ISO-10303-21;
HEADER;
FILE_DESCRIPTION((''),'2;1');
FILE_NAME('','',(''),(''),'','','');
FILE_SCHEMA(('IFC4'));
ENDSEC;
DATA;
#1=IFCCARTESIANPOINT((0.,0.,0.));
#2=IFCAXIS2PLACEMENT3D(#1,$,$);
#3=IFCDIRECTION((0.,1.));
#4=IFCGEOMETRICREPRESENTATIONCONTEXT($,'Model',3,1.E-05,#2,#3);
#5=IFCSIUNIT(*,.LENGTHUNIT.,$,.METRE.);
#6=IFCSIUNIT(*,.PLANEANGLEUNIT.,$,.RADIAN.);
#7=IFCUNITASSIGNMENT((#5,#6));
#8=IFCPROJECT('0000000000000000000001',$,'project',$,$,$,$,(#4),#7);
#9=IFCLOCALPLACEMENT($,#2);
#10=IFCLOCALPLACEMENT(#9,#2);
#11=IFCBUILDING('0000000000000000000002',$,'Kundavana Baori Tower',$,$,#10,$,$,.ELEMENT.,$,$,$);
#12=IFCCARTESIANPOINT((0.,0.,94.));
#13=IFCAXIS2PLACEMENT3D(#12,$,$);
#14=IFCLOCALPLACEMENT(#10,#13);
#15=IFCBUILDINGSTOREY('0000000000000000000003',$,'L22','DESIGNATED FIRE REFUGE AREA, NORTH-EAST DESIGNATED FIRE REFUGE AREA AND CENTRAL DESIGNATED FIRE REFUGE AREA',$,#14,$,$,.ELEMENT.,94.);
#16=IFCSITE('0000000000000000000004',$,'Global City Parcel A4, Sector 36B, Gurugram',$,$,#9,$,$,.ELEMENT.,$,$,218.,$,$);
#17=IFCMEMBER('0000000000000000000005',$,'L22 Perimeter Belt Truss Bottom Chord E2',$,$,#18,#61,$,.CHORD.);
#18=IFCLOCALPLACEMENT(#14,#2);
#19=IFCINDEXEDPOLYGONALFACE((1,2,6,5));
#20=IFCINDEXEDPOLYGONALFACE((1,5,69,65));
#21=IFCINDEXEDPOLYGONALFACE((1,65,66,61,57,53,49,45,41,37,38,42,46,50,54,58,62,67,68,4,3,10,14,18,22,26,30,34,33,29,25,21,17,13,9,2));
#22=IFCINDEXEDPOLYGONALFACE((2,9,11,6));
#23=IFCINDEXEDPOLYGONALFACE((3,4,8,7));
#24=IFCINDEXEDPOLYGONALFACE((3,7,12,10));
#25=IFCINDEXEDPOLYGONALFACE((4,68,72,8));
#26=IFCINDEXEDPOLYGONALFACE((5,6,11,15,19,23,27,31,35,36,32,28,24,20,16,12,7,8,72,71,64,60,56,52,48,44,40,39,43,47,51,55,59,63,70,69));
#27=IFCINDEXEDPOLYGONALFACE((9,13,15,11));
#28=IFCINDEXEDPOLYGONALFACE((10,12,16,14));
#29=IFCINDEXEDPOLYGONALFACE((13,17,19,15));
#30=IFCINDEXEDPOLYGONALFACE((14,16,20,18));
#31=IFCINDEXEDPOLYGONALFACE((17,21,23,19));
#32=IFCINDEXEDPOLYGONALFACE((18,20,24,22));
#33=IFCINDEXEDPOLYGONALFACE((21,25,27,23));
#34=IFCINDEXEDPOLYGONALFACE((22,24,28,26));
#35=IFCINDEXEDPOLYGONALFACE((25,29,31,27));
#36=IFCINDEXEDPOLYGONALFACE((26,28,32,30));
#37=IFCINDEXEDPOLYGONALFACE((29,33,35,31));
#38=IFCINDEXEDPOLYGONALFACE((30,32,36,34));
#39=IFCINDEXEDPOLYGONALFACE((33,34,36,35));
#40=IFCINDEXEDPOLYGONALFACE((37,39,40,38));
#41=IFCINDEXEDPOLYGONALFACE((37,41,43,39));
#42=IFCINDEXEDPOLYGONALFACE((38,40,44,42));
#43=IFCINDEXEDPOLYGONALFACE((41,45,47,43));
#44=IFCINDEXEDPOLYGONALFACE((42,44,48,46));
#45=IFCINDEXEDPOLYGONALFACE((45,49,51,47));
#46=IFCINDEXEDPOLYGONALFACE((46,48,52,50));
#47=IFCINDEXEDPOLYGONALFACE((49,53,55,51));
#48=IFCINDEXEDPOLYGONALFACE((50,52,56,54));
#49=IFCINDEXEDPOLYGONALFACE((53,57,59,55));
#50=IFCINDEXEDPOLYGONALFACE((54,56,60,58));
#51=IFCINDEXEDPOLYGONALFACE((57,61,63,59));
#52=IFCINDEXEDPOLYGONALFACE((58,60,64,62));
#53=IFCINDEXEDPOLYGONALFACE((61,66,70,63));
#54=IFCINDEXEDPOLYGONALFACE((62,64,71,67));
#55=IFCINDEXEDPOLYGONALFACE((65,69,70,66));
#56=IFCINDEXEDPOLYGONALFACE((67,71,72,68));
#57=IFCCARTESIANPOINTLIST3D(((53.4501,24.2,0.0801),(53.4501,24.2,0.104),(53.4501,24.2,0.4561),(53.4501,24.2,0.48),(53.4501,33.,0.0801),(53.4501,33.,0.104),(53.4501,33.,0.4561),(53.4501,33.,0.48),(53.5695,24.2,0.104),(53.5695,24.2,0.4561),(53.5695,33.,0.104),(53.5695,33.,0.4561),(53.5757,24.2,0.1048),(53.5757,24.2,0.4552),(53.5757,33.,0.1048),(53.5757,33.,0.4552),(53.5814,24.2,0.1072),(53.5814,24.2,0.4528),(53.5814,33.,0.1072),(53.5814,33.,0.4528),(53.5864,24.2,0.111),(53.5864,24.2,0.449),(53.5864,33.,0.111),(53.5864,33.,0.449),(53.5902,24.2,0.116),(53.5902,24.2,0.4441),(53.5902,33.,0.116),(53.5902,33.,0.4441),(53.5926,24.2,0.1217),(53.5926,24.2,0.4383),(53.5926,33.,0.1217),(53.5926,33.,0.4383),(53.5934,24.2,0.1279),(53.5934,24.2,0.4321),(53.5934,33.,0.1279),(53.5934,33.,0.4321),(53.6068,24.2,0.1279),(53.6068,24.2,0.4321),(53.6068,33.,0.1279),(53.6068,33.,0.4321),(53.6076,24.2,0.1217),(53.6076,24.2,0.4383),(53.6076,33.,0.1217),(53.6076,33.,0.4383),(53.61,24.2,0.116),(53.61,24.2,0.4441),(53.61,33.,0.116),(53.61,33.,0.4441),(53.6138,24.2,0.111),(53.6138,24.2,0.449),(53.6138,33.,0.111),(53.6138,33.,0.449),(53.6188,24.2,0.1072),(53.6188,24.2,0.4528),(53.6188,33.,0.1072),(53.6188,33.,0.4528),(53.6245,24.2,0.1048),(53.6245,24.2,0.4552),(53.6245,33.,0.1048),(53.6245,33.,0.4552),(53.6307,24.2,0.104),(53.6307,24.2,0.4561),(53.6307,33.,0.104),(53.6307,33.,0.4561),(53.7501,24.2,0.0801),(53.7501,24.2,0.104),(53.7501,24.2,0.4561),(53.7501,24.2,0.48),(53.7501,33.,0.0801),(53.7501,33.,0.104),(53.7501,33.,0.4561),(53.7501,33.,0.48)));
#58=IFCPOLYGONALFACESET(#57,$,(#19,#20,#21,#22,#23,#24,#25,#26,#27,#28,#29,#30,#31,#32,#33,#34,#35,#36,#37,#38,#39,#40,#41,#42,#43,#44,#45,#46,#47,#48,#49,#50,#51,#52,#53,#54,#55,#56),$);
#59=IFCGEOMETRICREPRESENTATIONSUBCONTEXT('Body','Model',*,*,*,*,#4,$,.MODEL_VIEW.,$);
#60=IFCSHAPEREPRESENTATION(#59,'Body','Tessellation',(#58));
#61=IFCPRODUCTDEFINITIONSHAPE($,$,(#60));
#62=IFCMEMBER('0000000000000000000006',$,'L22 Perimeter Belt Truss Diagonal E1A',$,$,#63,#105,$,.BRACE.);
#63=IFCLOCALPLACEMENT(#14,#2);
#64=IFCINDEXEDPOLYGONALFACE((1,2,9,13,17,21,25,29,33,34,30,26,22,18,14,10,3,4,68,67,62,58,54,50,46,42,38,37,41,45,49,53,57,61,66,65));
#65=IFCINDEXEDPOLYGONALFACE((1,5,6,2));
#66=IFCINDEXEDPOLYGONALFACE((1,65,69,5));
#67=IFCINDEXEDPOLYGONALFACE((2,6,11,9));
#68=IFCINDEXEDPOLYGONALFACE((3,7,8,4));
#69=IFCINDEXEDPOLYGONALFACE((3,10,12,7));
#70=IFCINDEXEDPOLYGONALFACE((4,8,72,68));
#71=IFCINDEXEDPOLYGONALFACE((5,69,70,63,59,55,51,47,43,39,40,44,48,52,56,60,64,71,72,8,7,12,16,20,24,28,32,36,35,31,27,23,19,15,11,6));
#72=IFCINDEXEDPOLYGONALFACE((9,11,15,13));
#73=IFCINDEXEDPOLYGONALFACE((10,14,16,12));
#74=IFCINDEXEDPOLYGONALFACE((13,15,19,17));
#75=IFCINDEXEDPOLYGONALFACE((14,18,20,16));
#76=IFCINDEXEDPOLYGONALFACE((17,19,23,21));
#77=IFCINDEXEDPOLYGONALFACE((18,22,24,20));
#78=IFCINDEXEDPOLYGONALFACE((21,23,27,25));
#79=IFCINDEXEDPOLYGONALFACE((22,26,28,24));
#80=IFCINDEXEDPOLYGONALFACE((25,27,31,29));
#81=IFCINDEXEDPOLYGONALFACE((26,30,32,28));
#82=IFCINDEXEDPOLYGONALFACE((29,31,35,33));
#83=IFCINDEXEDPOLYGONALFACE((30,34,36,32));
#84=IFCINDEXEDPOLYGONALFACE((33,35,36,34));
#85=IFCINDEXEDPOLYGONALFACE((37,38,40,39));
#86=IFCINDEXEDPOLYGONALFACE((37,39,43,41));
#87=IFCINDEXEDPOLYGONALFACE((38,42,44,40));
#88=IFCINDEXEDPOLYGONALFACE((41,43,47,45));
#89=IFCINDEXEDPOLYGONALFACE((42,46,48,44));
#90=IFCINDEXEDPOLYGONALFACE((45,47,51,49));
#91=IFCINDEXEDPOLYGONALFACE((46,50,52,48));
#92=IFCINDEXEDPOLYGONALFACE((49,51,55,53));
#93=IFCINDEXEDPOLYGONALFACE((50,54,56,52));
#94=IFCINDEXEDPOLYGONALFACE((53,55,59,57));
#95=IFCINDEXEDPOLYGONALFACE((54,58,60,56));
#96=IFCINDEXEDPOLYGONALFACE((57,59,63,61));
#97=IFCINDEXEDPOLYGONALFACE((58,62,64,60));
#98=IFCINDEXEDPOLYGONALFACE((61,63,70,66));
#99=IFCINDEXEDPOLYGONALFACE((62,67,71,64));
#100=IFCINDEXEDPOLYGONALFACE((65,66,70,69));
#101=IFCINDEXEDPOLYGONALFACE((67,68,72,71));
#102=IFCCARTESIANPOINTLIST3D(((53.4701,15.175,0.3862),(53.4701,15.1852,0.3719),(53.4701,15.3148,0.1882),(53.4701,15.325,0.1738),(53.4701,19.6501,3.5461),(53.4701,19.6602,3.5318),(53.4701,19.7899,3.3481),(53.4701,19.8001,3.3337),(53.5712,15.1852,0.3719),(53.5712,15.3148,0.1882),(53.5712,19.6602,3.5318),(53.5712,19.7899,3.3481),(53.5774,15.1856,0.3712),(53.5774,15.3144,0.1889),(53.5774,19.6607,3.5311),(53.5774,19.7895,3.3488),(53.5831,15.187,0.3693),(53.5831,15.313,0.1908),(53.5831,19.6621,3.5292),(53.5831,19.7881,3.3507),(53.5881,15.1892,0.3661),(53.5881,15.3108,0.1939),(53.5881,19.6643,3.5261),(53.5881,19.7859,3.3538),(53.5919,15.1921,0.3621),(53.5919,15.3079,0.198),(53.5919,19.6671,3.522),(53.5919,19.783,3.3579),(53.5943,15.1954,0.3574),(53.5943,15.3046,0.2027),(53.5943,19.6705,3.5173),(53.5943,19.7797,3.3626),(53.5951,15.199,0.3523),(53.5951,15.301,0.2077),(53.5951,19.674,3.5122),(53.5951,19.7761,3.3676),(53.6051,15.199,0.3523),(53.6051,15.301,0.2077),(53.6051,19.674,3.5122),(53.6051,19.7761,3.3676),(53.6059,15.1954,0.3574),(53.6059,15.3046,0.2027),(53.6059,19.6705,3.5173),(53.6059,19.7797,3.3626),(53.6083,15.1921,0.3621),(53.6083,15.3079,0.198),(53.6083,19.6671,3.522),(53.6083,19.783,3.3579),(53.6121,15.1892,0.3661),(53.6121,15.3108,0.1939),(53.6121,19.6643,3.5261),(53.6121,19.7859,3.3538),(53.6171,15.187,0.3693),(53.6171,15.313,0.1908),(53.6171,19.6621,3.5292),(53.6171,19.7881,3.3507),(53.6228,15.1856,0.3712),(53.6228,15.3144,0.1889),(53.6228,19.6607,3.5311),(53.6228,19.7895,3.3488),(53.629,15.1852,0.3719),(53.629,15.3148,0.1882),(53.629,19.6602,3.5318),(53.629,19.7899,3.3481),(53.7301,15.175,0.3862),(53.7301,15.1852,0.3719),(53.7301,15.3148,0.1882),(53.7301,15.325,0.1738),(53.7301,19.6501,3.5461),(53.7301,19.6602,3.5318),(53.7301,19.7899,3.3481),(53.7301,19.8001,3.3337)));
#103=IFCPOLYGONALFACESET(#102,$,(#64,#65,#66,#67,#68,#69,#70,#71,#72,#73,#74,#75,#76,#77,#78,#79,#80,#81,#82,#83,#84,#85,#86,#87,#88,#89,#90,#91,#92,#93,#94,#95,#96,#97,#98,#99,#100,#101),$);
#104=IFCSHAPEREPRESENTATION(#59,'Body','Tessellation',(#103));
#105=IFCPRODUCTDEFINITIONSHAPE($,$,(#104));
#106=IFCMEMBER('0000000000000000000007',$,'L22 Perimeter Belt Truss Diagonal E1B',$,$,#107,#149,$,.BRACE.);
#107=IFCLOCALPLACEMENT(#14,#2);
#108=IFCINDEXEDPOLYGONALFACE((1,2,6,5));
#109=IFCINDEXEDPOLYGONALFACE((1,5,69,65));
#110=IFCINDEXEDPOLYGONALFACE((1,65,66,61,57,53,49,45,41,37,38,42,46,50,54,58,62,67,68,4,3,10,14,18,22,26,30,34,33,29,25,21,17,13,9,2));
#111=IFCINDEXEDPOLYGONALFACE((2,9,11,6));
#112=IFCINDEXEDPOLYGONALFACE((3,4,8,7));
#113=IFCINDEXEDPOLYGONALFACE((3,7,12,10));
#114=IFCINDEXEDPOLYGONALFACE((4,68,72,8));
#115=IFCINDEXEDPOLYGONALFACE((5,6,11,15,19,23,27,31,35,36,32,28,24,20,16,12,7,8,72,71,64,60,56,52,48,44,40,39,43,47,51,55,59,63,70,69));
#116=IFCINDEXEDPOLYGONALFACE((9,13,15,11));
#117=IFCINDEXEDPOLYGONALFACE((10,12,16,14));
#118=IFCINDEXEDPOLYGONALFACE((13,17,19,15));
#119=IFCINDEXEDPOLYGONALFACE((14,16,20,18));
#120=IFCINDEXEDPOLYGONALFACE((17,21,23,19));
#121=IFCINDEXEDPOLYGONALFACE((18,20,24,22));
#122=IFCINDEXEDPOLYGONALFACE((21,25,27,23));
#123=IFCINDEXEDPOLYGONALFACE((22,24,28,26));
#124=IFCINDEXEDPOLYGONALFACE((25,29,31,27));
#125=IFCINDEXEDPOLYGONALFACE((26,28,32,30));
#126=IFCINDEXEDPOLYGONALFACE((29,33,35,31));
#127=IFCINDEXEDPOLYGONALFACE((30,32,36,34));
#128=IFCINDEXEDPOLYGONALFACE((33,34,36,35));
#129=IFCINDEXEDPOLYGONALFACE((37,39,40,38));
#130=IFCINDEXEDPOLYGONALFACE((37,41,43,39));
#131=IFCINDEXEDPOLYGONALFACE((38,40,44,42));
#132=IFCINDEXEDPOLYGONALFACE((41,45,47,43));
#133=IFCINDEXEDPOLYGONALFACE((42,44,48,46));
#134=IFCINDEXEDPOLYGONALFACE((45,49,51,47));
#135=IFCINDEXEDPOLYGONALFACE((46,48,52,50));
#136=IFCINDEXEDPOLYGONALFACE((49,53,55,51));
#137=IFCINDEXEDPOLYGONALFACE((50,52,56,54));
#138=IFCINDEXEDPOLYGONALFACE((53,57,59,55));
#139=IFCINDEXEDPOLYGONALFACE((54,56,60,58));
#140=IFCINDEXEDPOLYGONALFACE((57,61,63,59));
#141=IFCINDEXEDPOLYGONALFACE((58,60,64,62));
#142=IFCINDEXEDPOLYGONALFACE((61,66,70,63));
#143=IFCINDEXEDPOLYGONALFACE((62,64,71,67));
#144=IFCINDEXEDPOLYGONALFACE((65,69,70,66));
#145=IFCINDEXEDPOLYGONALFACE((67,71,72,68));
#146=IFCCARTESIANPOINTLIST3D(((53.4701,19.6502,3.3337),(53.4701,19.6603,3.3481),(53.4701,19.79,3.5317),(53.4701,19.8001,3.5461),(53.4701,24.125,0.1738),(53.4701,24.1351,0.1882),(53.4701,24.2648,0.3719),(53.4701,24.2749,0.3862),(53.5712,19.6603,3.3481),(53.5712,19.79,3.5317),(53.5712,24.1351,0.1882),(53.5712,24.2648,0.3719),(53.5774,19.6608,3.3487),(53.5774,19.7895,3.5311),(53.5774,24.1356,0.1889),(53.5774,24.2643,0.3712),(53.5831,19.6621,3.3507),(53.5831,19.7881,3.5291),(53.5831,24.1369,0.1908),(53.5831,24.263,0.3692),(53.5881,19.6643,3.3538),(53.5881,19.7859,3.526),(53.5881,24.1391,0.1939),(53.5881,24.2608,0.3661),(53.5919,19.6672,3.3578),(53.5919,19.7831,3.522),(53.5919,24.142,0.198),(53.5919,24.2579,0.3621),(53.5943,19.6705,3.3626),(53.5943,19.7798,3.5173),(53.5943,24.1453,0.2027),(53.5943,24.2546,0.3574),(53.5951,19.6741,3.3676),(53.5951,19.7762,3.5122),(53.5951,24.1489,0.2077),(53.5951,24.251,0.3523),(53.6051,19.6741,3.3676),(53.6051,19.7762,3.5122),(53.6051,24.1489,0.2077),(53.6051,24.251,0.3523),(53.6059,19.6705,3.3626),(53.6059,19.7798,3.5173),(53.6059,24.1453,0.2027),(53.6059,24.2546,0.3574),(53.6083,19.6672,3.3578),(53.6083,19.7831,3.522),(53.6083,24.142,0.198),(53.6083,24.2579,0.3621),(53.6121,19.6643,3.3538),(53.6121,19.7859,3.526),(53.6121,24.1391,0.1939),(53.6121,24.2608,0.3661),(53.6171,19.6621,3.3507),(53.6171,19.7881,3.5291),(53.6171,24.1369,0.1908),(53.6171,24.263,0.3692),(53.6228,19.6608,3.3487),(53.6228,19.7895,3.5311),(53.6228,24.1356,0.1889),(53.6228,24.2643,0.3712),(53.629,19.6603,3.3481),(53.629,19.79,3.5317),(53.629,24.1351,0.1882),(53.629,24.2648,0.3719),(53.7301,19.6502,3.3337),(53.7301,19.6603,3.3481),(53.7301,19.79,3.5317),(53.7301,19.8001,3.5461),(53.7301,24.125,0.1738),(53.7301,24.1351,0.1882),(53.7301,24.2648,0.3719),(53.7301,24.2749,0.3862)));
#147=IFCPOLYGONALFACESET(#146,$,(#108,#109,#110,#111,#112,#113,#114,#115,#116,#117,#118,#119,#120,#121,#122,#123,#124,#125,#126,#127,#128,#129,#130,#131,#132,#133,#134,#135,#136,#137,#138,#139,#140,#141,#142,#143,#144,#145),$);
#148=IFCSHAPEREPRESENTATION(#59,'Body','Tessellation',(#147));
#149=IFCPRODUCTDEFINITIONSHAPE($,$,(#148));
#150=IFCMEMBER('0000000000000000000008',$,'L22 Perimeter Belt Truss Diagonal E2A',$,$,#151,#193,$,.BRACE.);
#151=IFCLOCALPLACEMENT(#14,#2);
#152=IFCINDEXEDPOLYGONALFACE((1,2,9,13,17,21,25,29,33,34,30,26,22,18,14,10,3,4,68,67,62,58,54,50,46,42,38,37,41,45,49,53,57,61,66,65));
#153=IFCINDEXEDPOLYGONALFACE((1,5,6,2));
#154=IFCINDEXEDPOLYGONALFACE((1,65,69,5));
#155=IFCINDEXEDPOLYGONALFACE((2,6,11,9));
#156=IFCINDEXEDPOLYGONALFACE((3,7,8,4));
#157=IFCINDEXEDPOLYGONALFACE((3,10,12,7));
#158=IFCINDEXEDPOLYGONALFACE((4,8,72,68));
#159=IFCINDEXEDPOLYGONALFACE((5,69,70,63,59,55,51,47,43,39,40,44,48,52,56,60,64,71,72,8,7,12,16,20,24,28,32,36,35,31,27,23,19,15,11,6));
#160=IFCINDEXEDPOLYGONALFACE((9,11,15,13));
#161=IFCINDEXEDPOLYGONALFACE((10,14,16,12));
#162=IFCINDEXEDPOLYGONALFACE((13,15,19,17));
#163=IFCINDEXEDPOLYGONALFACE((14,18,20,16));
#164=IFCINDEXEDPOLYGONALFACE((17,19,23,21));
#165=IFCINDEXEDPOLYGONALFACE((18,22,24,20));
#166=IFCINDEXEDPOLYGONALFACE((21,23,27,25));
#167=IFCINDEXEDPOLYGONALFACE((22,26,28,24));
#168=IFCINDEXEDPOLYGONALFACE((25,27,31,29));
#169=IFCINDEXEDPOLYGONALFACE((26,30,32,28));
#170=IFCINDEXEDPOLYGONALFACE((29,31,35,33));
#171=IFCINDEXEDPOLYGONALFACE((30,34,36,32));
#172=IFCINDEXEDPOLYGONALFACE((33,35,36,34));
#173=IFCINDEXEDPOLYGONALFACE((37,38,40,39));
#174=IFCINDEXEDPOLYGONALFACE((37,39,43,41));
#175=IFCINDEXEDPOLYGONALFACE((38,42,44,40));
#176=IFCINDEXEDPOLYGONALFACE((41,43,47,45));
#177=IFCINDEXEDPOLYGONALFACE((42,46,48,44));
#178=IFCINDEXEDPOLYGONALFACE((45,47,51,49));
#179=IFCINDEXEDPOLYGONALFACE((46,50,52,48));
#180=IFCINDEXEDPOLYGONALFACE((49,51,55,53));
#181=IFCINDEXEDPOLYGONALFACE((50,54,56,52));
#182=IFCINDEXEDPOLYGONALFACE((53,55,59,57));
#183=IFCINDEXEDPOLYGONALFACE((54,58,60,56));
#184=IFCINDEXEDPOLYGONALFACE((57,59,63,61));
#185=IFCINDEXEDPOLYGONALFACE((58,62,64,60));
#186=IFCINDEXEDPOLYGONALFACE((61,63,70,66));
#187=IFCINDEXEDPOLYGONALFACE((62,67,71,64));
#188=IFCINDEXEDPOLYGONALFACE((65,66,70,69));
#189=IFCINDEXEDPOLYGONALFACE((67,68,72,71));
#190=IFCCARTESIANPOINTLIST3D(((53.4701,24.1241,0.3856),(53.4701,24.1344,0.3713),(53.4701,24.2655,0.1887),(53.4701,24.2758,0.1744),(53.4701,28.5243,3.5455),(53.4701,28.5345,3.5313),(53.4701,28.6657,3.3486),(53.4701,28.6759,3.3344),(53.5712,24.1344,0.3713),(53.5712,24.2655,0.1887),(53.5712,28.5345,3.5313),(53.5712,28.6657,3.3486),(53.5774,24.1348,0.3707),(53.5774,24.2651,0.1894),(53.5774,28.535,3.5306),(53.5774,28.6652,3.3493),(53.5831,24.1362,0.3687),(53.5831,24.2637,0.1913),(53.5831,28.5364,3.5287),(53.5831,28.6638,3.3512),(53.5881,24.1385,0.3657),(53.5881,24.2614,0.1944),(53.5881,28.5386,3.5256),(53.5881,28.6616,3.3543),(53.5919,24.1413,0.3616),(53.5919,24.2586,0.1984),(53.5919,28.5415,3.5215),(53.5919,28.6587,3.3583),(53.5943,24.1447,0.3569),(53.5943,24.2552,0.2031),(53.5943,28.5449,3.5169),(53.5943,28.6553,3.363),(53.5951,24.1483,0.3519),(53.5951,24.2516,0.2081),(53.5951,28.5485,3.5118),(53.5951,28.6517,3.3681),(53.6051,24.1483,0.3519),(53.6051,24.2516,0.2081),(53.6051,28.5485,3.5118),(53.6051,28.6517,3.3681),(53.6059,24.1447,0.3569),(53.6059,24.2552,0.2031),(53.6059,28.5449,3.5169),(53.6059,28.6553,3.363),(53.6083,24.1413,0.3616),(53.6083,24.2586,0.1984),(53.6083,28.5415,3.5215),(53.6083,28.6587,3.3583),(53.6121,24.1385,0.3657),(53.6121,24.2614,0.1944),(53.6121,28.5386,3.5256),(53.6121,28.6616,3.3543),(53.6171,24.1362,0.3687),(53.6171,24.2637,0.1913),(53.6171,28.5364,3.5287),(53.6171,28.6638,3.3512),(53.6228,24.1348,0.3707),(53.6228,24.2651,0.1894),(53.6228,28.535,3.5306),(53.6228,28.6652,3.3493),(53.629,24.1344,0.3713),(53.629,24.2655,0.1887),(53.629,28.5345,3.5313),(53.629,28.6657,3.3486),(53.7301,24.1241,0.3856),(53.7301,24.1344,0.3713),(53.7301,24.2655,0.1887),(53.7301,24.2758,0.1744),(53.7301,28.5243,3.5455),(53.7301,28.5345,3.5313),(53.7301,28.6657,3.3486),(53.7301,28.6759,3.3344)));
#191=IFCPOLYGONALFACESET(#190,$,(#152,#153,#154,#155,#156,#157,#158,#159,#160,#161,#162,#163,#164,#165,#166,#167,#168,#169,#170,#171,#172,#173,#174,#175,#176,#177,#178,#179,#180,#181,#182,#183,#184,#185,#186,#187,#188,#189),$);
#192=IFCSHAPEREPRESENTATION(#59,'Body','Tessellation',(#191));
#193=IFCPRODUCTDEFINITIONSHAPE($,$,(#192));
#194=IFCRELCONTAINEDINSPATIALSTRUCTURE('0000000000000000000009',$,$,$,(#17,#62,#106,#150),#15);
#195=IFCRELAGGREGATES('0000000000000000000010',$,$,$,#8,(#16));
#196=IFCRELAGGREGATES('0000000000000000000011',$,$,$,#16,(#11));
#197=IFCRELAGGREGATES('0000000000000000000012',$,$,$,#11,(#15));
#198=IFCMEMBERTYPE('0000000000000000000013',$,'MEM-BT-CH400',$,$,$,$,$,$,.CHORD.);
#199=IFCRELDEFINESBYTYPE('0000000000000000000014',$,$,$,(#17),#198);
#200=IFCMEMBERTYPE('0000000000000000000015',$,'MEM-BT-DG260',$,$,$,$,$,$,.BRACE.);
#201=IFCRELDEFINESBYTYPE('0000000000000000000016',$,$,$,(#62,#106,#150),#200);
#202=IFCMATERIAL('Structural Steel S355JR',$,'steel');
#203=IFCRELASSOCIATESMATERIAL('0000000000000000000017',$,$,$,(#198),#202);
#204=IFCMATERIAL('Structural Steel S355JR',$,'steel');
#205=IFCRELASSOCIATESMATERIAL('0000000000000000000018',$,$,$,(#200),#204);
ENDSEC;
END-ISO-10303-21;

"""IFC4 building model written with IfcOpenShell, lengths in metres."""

from ifc_helpers import new_model, si_unit, direction, frame, origin, origin_2d, place, context, subcontext, project, spatial, i_section, extrude, material, material_profile, profile_set, type_object, element, save


model = new_model("IFC4")

# Units and contexts
model_context = context("Model", 3, precision=1e-05, world=origin(), true_north=direction((0.0, 1.0)))
body_context = subcontext(model_context, "Body", "Model", "MODEL_VIEW")
ifc_project = project(units=[si_unit("LENGTHUNIT", "METRE"), si_unit("PLANEANGLEUNIT", "RADIAN")], contexts=[model_context])

# Site, building, storey
site_placement = place(None, origin())
site = spatial("IfcSite", under=ifc_project, at=site_placement, Name="Global City Parcel A4, Sector 36B, Gurugram", CompositionType="ELEMENT", RefElevation=218.0)
building_placement = place(site_placement, origin())
building = spatial("IfcBuilding", under=site, at=building_placement, Name="Kundavana Baori Tower", CompositionType="ELEMENT")
storey_placement = place(building_placement, frame((0.0, 0.0, 94.0)))
storey = spatial("IfcBuildingStorey", under=building, at=storey_placement, Name="L22", Description="DESIGNATED FIRE REFUGE AREA, NORTH-EAST DESIGNATED FIRE REFUGE AREA AND CENTRAL DESIGNATED FIRE REFUGE AREA", CompositionType="ELEMENT", Elevation=94.0)

# Members
ifc_material_1 = material(Name="Structural Steel S355JR", Category="steel")
ifc_material_profile_1 = material_profile(ifc_material_1, i_section(OverallWidth=0.3, OverallDepth=0.3999, WebThickness=0.0134, FlangeThickness=0.0239, FilletRadius=0.0239, at=origin_2d()), Name="WPB 400x300x135")
ifc_profile_set_1 = profile_set([ifc_material_profile_1], Name="Structural Steel S355JR")
member_type_1 = type_object("IfcMemberType", Name="MEM-BT-CH400", PredefinedType="CHORD", material=ifc_profile_set_1)
member_1_placement = place(storey_placement, frame((53.6001, 24.2, 0.28), z_axis=(0.0, 1.0, 0.0), x_axis=(-1.0, 0.0, 0.0)))
element("IfcMember", 1, at=member_1_placement, inside=storey, type_object=member_type_1, Name="L22 Perimeter Belt Truss Bottom Chord E2", PredefinedType="CHORD", context=body_context, shape_type="SweptSolid", body=[
    extrude(i_section(OverallWidth=0.3, OverallDepth=0.3999, WebThickness=0.0134, FlangeThickness=0.0239, FilletRadius=0.0239, at=origin_2d()), origin(), (0.0, 0.0, 1.0), 8.8),
])
ifc_material_2 = material(Name="Structural Steel S355JR", Category="steel")
ifc_material_profile_2 = material_profile(ifc_material_2, i_section(OverallWidth=0.26, OverallDepth=0.26, WebThickness=0.01, FlangeThickness=0.0176, FilletRadius=0.0239, at=origin_2d()), Name="WPB 260x260x93")
ifc_profile_set_2 = profile_set([ifc_material_profile_2], Name="Structural Steel S355JR")
member_type_2 = type_object("IfcMemberType", Name="MEM-BT-DG260", PredefinedType="BRACE", material=ifc_profile_set_2)
member_2_placement = place(storey_placement, frame((53.6001, 15.25, 0.28), z_axis=(0.0, 0.81688, 0.576807), x_axis=(-1.0, 0.0, 0.0)))
element("IfcMember", 2, at=member_2_placement, inside=storey, type_object=member_type_2, Name="L22 Perimeter Belt Truss Diagonal E1A", PredefinedType="BRACE", context=body_context, shape_type="SweptSolid", body=[
    extrude(i_section(OverallWidth=0.26, OverallDepth=0.26, WebThickness=0.01, FlangeThickness=0.0176, FilletRadius=0.0239, at=origin_2d()), origin(), (0.0, 0.0, 1.0), 5.4783),
])
member_3_placement = place(storey_placement, frame((53.6001, 24.2, 0.28), z_axis=(0.0, -0.816865, 0.576828), x_axis=(1.0, 0.0, 0.0)))
element("IfcMember", 3, at=member_3_placement, inside=storey, type_object=member_type_2, Name="L22 Perimeter Belt Truss Diagonal E1B", PredefinedType="BRACE", context=body_context, shape_type="SweptSolid", body=[
    extrude(i_section(OverallWidth=0.26, OverallDepth=0.26, WebThickness=0.01, FlangeThickness=0.0176, FilletRadius=0.0239, at=origin_2d()), origin(), (0.0, 0.0, 1.0), 5.478),
])
member_4_placement = place(storey_placement, frame((53.6001, 24.2, 0.28), z_axis=(0.0, 0.812251, 0.583308), x_axis=(-1.0, 0.0, 0.0)))
element("IfcMember", 4, at=member_4_placement, inside=storey, type_object=member_type_2, Name="L22 Perimeter Belt Truss Diagonal E2A", PredefinedType="BRACE", context=body_context, shape_type="SweptSolid", body=[
    extrude(i_section(OverallWidth=0.26, OverallDepth=0.26, WebThickness=0.01, FlangeThickness=0.0176, FilletRadius=0.0239, at=origin_2d()), origin(), (0.0, 0.0, 1.0), 5.4172),
])

save(model, "model.ifc")
